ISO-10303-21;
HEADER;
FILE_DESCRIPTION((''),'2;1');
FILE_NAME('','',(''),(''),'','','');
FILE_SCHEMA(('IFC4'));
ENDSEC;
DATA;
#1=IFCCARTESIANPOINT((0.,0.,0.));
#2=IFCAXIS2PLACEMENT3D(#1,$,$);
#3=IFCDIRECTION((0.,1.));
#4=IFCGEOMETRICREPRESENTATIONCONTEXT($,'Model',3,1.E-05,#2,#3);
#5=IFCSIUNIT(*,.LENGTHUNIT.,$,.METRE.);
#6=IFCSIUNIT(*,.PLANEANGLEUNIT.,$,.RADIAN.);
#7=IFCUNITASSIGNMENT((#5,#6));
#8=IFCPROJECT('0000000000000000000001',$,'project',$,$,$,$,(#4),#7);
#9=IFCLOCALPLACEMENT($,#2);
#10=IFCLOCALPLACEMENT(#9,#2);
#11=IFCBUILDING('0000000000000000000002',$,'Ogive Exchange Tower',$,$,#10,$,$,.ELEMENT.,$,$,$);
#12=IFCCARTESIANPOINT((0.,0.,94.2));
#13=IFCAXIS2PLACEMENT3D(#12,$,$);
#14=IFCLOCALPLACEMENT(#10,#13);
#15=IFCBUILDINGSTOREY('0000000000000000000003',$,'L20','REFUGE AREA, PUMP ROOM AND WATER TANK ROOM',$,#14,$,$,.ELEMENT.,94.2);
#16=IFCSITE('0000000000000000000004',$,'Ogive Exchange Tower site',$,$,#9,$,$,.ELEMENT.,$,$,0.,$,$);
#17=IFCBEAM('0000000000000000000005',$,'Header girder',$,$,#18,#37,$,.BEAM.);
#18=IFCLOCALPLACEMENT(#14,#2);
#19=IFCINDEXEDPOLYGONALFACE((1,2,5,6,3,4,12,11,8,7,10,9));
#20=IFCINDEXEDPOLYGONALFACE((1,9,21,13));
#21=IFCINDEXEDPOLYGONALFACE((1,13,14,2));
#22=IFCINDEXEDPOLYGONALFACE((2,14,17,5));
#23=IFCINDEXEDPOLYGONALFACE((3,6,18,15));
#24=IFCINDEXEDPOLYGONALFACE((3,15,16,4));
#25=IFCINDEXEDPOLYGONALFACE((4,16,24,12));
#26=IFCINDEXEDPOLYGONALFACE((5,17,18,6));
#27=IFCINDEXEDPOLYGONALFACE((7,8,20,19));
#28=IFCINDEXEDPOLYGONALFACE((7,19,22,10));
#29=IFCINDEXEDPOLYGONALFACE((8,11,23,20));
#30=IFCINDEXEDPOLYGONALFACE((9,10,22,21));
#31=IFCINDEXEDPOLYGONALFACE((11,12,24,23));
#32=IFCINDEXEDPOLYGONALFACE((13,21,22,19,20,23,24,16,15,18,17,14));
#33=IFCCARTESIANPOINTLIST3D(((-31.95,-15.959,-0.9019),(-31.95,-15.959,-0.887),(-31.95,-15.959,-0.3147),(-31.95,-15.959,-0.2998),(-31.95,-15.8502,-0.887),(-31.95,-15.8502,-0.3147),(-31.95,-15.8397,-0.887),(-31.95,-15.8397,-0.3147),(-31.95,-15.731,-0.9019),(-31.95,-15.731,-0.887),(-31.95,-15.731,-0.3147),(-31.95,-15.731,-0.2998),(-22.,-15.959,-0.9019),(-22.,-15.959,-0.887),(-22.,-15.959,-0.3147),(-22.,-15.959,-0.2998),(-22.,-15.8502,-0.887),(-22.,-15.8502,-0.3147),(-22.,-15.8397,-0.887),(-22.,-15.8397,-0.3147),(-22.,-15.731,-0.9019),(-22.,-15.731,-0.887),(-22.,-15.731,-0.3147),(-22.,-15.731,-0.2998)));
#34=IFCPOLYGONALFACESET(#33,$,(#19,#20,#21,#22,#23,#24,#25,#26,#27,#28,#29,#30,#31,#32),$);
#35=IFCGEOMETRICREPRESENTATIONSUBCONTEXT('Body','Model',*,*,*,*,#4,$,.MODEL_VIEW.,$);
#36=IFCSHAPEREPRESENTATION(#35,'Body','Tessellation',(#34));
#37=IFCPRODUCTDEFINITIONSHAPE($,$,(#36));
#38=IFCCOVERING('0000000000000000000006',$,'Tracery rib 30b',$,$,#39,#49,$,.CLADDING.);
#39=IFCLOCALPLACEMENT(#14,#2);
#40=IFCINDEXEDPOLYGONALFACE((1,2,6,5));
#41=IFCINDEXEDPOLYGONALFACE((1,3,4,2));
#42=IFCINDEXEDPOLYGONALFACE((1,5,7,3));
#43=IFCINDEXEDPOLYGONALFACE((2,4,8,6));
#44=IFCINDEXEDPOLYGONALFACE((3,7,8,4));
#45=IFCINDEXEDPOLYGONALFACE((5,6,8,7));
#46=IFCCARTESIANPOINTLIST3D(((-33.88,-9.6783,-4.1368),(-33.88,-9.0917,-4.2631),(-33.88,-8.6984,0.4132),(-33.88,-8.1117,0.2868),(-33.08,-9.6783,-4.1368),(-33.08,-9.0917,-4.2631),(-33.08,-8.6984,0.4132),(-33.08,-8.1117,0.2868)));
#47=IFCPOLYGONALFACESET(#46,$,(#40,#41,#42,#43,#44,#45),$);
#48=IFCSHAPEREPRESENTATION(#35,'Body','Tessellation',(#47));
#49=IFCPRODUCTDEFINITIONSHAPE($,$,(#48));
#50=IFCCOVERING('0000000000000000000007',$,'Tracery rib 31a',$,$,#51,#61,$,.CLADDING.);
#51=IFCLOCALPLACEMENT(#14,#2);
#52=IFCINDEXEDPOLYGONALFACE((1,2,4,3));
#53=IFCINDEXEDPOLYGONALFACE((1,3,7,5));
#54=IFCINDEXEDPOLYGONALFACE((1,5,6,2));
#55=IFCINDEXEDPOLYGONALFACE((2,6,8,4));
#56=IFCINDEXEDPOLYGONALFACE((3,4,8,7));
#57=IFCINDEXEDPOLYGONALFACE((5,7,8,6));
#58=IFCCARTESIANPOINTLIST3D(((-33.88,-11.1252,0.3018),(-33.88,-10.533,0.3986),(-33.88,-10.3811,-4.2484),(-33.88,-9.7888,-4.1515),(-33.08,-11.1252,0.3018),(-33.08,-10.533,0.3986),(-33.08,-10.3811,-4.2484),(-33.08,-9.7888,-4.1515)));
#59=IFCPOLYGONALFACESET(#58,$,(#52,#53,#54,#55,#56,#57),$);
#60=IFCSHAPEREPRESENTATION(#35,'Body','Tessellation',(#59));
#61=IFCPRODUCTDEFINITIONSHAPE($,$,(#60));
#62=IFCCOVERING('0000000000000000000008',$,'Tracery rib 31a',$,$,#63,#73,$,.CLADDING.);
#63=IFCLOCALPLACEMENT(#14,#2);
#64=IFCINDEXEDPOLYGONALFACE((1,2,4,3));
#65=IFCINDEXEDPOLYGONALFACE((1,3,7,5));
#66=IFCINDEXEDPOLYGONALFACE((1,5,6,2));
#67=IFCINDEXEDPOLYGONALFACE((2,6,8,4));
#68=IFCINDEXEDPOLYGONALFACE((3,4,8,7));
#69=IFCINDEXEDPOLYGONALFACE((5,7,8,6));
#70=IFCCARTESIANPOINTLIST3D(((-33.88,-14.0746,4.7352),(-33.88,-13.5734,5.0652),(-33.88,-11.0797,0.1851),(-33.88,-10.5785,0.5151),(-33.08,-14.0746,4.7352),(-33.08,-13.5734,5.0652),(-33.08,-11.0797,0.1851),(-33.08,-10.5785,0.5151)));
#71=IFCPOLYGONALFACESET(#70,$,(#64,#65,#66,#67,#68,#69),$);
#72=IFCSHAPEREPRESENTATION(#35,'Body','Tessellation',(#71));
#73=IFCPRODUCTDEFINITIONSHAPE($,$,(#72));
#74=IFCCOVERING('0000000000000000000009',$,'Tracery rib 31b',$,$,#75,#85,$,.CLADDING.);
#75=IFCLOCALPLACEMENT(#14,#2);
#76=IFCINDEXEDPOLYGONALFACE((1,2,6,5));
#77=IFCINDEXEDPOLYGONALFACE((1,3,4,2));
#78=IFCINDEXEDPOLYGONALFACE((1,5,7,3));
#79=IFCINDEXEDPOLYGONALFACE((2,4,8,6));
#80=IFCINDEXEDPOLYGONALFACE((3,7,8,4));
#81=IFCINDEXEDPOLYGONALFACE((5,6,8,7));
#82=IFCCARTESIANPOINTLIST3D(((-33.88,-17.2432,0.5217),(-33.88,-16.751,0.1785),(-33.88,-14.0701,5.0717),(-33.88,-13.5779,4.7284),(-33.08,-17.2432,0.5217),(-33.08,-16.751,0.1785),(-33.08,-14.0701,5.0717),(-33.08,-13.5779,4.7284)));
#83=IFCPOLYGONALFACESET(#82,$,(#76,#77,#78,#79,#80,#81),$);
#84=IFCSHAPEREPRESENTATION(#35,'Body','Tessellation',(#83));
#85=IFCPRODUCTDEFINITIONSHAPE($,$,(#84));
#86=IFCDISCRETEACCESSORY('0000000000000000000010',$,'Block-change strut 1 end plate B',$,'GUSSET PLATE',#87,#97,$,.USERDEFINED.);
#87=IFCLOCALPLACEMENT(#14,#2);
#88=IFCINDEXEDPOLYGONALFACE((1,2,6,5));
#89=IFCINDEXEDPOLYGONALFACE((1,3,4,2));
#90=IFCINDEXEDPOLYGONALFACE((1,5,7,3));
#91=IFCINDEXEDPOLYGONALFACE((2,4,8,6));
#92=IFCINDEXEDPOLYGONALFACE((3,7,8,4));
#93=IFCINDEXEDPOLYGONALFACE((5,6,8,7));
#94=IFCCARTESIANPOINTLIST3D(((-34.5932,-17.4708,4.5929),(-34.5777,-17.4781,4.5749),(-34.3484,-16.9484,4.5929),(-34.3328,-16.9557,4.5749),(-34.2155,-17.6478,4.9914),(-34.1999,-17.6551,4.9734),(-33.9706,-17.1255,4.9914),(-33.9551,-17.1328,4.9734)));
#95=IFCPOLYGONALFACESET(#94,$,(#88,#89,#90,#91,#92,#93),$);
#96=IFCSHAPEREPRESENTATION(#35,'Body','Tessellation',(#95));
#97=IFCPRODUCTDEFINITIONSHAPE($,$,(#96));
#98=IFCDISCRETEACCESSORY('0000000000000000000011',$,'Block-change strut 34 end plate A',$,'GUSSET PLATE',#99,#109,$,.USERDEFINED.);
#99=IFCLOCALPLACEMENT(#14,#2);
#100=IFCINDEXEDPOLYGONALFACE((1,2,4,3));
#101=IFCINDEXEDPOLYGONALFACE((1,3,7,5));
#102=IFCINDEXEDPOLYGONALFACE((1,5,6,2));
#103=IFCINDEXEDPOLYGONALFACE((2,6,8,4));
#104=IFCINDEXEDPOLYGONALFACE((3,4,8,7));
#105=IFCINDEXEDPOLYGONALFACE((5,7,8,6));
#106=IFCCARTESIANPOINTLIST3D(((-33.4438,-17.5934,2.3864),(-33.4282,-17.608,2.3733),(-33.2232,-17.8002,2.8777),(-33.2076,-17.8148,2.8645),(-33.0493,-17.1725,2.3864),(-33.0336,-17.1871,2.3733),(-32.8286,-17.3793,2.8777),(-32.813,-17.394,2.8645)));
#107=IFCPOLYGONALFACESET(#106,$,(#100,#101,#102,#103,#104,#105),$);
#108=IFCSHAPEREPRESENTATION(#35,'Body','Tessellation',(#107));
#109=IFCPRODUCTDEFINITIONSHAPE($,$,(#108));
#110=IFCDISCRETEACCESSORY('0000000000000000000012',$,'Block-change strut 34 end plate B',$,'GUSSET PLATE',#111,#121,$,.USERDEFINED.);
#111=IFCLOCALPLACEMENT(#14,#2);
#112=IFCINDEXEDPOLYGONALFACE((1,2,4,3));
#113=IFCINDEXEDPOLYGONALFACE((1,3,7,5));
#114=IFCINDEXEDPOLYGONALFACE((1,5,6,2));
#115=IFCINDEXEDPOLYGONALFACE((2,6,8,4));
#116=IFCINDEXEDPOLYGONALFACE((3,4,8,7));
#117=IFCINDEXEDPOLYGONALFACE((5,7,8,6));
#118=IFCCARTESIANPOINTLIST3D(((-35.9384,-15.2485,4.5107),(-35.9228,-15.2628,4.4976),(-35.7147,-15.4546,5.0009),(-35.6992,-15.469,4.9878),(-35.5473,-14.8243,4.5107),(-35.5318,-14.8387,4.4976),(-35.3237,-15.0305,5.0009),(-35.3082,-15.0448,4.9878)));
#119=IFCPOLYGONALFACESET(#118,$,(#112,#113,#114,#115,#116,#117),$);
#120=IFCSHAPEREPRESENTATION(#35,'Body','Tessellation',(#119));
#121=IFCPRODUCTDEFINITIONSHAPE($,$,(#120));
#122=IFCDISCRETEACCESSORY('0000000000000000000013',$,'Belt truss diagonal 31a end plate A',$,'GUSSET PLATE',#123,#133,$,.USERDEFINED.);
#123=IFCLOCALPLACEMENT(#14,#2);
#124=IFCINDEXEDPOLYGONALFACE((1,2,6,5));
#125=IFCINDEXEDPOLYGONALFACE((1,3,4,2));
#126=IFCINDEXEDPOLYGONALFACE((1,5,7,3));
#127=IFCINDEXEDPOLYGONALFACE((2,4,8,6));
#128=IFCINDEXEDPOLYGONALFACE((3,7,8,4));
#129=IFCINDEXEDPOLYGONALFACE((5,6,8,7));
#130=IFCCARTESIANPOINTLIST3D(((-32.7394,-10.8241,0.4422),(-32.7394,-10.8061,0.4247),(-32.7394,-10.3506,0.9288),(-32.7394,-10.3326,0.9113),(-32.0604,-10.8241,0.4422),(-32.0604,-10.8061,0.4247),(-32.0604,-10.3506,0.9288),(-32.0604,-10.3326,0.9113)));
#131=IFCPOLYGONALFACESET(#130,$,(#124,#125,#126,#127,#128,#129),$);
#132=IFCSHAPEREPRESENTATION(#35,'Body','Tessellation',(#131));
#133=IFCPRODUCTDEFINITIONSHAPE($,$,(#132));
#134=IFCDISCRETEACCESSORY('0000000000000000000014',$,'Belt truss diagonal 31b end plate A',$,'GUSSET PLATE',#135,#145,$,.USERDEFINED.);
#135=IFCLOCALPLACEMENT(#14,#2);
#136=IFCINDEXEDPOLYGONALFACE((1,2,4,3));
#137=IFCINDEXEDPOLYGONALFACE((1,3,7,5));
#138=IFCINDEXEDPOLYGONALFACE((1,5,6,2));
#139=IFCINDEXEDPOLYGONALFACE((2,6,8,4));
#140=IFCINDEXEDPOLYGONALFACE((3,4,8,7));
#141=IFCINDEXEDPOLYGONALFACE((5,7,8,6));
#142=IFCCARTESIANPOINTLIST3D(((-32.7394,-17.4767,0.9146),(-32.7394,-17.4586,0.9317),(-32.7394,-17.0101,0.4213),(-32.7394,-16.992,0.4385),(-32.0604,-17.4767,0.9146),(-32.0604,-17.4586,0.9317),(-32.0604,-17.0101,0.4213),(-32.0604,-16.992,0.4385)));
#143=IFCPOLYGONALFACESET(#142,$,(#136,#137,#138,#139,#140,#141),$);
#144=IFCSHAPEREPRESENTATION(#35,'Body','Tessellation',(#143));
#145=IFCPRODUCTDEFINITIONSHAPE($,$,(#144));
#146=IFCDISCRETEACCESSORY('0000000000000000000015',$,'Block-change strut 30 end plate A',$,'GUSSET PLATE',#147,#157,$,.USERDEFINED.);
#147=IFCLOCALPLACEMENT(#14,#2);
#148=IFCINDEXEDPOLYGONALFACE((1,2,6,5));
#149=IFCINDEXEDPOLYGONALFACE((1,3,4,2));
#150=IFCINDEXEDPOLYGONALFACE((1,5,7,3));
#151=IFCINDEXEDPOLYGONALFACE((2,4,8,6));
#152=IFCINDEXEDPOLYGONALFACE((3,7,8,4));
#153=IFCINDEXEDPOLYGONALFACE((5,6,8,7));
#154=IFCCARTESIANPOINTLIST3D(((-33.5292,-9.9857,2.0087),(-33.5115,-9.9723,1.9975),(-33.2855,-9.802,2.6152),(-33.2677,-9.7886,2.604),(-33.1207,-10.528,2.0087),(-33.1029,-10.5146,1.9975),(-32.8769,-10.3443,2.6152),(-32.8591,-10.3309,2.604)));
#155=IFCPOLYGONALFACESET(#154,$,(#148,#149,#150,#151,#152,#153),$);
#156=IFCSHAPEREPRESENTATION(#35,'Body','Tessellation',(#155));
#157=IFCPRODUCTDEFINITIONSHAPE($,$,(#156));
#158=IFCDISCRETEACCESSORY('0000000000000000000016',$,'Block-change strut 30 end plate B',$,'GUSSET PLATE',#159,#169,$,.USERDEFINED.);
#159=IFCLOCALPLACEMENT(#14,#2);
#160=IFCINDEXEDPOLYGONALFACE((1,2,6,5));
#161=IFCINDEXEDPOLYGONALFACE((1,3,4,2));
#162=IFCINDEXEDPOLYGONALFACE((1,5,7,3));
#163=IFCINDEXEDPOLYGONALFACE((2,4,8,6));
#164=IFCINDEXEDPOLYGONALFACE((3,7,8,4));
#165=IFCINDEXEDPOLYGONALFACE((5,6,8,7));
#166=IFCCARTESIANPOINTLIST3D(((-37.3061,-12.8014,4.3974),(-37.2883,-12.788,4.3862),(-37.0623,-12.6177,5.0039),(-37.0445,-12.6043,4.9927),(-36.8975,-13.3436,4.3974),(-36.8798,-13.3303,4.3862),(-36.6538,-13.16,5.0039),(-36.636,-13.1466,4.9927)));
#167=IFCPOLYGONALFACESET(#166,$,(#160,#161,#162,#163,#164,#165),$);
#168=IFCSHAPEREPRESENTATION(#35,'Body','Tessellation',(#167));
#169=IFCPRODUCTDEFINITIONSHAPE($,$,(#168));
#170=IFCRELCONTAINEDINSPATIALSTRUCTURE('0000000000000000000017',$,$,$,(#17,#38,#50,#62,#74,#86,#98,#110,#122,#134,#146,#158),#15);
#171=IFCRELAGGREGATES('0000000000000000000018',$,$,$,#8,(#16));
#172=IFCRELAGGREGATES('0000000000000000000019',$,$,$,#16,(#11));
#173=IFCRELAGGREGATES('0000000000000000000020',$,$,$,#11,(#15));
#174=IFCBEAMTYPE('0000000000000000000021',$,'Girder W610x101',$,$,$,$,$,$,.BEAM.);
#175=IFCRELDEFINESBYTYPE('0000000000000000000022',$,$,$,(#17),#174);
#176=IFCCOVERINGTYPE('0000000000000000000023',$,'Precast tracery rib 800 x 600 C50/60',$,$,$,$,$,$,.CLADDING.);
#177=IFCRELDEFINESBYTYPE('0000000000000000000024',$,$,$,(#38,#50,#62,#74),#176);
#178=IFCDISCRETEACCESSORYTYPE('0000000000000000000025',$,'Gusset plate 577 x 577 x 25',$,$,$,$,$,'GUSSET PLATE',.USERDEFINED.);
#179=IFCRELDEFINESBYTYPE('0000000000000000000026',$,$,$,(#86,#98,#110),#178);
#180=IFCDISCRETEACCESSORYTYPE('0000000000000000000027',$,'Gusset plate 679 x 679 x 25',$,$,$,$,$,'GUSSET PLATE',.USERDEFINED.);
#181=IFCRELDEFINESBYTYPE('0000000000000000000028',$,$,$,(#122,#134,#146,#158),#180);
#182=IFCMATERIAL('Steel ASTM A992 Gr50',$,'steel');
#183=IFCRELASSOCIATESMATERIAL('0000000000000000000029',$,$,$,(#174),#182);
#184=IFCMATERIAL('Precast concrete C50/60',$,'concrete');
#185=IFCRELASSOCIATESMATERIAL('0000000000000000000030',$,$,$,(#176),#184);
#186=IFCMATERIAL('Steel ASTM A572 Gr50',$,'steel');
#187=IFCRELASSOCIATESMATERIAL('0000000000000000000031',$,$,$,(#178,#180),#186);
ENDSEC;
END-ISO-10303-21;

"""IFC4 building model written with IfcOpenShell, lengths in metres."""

from ifc_helpers import new_model, si_unit, direction, frame, origin, origin_2d, place, context, subcontext, project, spatial, rectangle, i_section, extrude, material, material_profile, profile_set, type_object, element, save


model = new_model("IFC4")

# Units and contexts
model_context = context("Model", 3, precision=1e-05, world=origin(), true_north=direction((0.0, 1.0)))
body_context = subcontext(model_context, "Body", "Model", "MODEL_VIEW")
ifc_project = project(units=[si_unit("LENGTHUNIT", "METRE"), si_unit("PLANEANGLEUNIT", "RADIAN")], contexts=[model_context])

# Site, building, storey
site_placement = place(None, origin())
site = spatial("IfcSite", under=ifc_project, at=site_placement, Name="Ogive Exchange Tower site", CompositionType="ELEMENT", RefElevation=0.0)
building_placement = place(site_placement, origin())
building = spatial("IfcBuilding", under=site, at=building_placement, Name="Ogive Exchange Tower", CompositionType="ELEMENT")
storey_placement = place(building_placement, frame((0.0, 0.0, 94.2)))
storey = spatial("IfcBuildingStorey", under=building, at=storey_placement, Name="L20", Description="REFUGE AREA, PUMP ROOM AND WATER TANK ROOM", CompositionType="ELEMENT", Elevation=94.2)

# Shared definitions
ifc_material_1 = material(Name="Steel ASTM A992 Gr50", Category="steel")

# Beam
ifc_material_profile_1 = material_profile(ifc_material_1, i_section(OverallWidth=0.228, OverallDepth=0.6021, WebThickness=0.0105, FlangeThickness=0.0149, at=origin_2d()), Name="W610x101")
ifc_profile_set_1 = profile_set([ifc_material_profile_1], Name="Steel ASTM A992 Gr50")
beam_type_1 = type_object("IfcBeamType", Name="Girder W610x101", PredefinedType="BEAM", material=ifc_profile_set_1)
beam_1_placement = place(storey_placement, frame((-31.95, -15.845, -0.6008), z_axis=(1.0, 0.0, 0.0), x_axis=(0.0, 1.0, 0.0)))
element("IfcBeam", 1, at=beam_1_placement, inside=storey, type_object=beam_type_1, Name="Header girder", PredefinedType="BEAM", context=body_context, shape_type="SweptSolid", body=[
    extrude(i_section(OverallWidth=0.228, OverallDepth=0.6021, WebThickness=0.0105, FlangeThickness=0.0149, at=origin_2d()), origin(), (0.0, 0.0, 1.0), 9.95),
])

# Coverings
ifc_material_2 = material(Name="Precast concrete C50/60", Category="concrete")
ifc_material_profile_2 = material_profile(ifc_material_2, rectangle(XDim=0.8, YDim=0.6001, at=origin_2d()), Name="RIB 800 x 600")
ifc_profile_set_2 = profile_set([ifc_material_profile_2], Name="Precast concrete C50/60")
covering_type = type_object("IfcCoveringType", Name="Precast tracery rib 800 x 600 C50/60", PredefinedType="CLADDING", material=ifc_profile_set_2)
covering_1_placement = place(storey_placement, frame((-33.48, -9.385, -4.2), z_axis=(0.0, 0.21055, 0.977583), x_axis=(-1.0, 0.0, 0.0)))
element("IfcCovering", 2, at=covering_1_placement, inside=storey, type_object=covering_type, Name="Tracery rib 30b", PredefinedType="CLADDING", context=body_context, shape_type="SweptSolid", body=[
    extrude(rectangle(XDim=0.8, YDim=0.6001, at=origin_2d()), origin(), (0.0, 0.0, 1.0), 4.6543),
])
covering_2_placement = place(storey_placement, frame((-33.48, -10.085, -4.2), z_axis=(0.0, -0.161401, 0.986889), x_axis=(1.0, 0.0, 0.0)))
element("IfcCovering", 3, at=covering_2_placement, inside=storey, type_object=covering_type, Name="Tracery rib 31a", PredefinedType="CLADDING", context=body_context, shape_type="SweptSolid", body=[
    extrude(rectangle(XDim=0.8, YDim=0.6001, at=origin_2d()), origin(), (0.0, 0.0, 1.0), 4.6106),
])
covering_3_placement = place(storey_placement, frame((-33.48, -10.8291, 0.3501), z_axis=(0.0, -0.549798, 0.835297), x_axis=(1.0, 0.0, 0.0)))
element("IfcCovering", 4, at=covering_3_placement, inside=storey, type_object=covering_type, Name="Tracery rib 31a", PredefinedType="CLADDING", context=body_context, shape_type="SweptSolid", body=[
    extrude(rectangle(XDim=0.8, YDim=0.6001, at=origin_2d()), origin(), (0.0, 0.0, 1.0), 5.4473),
])
covering_4_placement = place(storey_placement, frame((-33.48, -16.9971, 0.3501), z_axis=(0.0, 0.572017, 0.820242), x_axis=(-1.0, 0.0, 0.0)))
element("IfcCovering", 5, at=covering_4_placement, inside=storey, type_object=covering_type, Name="Tracery rib 31b", PredefinedType="CLADDING", context=body_context, shape_type="SweptSolid", body=[
    extrude(rectangle(XDim=0.8, YDim=0.6001, at=origin_2d()), origin(), (0.0, 0.0, 1.0), 5.5471),
])

# Discrete accessories
ifc_material_3 = material(Name="Steel ASTM A572 Gr50", Category="steel")
ifc_material_profile_3 = material_profile(ifc_material_3, rectangle(XDim=0.5769, YDim=0.5769, at=origin_2d()), Name="PL 577 x 577 x 25")
ifc_profile_set_3 = profile_set([ifc_material_profile_3], Name="Steel ASTM A572 Gr50")
discrete_accessory_type_1 = type_object("IfcDiscreteAccessoryType", Name="Gusset plate 577 x 577 x 25", ElementType="GUSSET PLATE", PredefinedType="USERDEFINED", material=ifc_profile_set_3)
discrete_accessory_1_placement = place(storey_placement, frame((-34.2664, -17.3054, 4.7742), z_axis=(-0.62541, 0.293161, 0.723131), x_axis=(-0.424434, -0.905459, 0.0)))
element("IfcDiscreteAccessory", 6, at=discrete_accessory_1_placement, inside=storey, type_object=discrete_accessory_type_1, Name="Block-change strut 1 end plate B", ObjectType="GUSSET PLATE", PredefinedType="USERDEFINED", context=body_context, shape_type="SweptSolid", body=[
    extrude(rectangle(XDim=0.5769, YDim=0.5769, at=origin_2d()), origin(), (0.0, 0.0, 1.0), 0.0249),
])
discrete_accessory_2_placement = place(storey_placement, frame((-33.1206, -17.501, 2.6189), z_axis=(-0.621271, 0.582442, 0.524198), x_axis=(-0.683941, -0.729537, 0.0)))
element("IfcDiscreteAccessory", 7, at=discrete_accessory_2_placement, inside=storey, type_object=discrete_accessory_type_1, Name="Block-change strut 34 end plate A", ObjectType="GUSSET PLATE", PredefinedType="USERDEFINED", context=body_context, shape_type="SweptSolid", body=[
    extrude(rectangle(XDim=0.5769, YDim=0.5769, at=origin_2d()), origin(), (0.0, 0.0, 1.0), 0.0251),
])
discrete_accessory_3_placement = place(storey_placement, frame((-35.6155, -15.1538, 4.7427), z_axis=(-0.624784, 0.575973, 0.527162), x_axis=(-0.677803, -0.735244, 0.0)))
element("IfcDiscreteAccessory", 8, at=discrete_accessory_3_placement, inside=storey, type_object=discrete_accessory_type_1, Name="Block-change strut 34 end plate B", ObjectType="GUSSET PLATE", PredefinedType="USERDEFINED", context=body_context, shape_type="SweptSolid", body=[
    extrude(rectangle(XDim=0.5769, YDim=0.5769, at=origin_2d()), origin(), (0.0, 0.0, 1.0), 0.0249),
])
ifc_material_profile_4 = material_profile(ifc_material_3, rectangle(XDim=0.679, YDim=0.679, at=origin_2d()), Name="PL 679 x 679 x 25")
ifc_profile_set_4 = profile_set([ifc_material_profile_4], Name="Steel ASTM A572 Gr50")
discrete_accessory_type_2 = type_object("IfcDiscreteAccessoryType", Name="Gusset plate 679 x 679 x 25", ElementType="GUSSET PLATE", PredefinedType="USERDEFINED", material=ifc_profile_set_4)
discrete_accessory_4_placement = place(storey_placement, frame((-32.3999, -10.5693, 0.668), z_axis=(0.0, -0.716726, 0.697355), x_axis=(1.0, 0.0, 0.0)))
element("IfcDiscreteAccessory", 9, at=discrete_accessory_4_placement, inside=storey, type_object=discrete_accessory_type_2, Name="Belt truss diagonal 31a end plate A", ObjectType="GUSSET PLATE", PredefinedType="USERDEFINED", context=body_context, shape_type="SweptSolid", body=[
    extrude(rectangle(XDim=0.679, YDim=0.679, at=origin_2d()), origin(), (0.0, 0.0, 1.0), 0.0251),
])
for number, where, z_axis, x_axis, name in (
    (10, (-32.3999, -17.2434, 0.668), (0.0, 0.726468, 0.6872), (-1.0, 0.0, 0.0), "Belt truss diagonal 31b end plate A"),
    (11, (-33.1853, -10.1516, 2.3008), (-0.713427, -0.537513, 0.449557), (0.601749, -0.798685, 0.0), "Block-change strut 30 end plate A"),
    (12, (-36.9622, -12.9673, 4.6895), (-0.713427, -0.537513, 0.449557), (0.601749, -0.798685, 0.0), "Block-change strut 30 end plate B"),
):
    element("IfcDiscreteAccessory", number, at=place(storey_placement, frame(where, z_axis=z_axis, x_axis=x_axis)), inside=storey, type_object=discrete_accessory_type_2, Name=name, ObjectType="GUSSET PLATE", PredefinedType="USERDEFINED", context=body_context, shape_type="SweptSolid", body=[
        extrude(rectangle(XDim=0.679, YDim=0.679, at=origin_2d()), origin(), (0.0, 0.0, 1.0), 0.0249),
    ])

save(model, "model.ifc")
